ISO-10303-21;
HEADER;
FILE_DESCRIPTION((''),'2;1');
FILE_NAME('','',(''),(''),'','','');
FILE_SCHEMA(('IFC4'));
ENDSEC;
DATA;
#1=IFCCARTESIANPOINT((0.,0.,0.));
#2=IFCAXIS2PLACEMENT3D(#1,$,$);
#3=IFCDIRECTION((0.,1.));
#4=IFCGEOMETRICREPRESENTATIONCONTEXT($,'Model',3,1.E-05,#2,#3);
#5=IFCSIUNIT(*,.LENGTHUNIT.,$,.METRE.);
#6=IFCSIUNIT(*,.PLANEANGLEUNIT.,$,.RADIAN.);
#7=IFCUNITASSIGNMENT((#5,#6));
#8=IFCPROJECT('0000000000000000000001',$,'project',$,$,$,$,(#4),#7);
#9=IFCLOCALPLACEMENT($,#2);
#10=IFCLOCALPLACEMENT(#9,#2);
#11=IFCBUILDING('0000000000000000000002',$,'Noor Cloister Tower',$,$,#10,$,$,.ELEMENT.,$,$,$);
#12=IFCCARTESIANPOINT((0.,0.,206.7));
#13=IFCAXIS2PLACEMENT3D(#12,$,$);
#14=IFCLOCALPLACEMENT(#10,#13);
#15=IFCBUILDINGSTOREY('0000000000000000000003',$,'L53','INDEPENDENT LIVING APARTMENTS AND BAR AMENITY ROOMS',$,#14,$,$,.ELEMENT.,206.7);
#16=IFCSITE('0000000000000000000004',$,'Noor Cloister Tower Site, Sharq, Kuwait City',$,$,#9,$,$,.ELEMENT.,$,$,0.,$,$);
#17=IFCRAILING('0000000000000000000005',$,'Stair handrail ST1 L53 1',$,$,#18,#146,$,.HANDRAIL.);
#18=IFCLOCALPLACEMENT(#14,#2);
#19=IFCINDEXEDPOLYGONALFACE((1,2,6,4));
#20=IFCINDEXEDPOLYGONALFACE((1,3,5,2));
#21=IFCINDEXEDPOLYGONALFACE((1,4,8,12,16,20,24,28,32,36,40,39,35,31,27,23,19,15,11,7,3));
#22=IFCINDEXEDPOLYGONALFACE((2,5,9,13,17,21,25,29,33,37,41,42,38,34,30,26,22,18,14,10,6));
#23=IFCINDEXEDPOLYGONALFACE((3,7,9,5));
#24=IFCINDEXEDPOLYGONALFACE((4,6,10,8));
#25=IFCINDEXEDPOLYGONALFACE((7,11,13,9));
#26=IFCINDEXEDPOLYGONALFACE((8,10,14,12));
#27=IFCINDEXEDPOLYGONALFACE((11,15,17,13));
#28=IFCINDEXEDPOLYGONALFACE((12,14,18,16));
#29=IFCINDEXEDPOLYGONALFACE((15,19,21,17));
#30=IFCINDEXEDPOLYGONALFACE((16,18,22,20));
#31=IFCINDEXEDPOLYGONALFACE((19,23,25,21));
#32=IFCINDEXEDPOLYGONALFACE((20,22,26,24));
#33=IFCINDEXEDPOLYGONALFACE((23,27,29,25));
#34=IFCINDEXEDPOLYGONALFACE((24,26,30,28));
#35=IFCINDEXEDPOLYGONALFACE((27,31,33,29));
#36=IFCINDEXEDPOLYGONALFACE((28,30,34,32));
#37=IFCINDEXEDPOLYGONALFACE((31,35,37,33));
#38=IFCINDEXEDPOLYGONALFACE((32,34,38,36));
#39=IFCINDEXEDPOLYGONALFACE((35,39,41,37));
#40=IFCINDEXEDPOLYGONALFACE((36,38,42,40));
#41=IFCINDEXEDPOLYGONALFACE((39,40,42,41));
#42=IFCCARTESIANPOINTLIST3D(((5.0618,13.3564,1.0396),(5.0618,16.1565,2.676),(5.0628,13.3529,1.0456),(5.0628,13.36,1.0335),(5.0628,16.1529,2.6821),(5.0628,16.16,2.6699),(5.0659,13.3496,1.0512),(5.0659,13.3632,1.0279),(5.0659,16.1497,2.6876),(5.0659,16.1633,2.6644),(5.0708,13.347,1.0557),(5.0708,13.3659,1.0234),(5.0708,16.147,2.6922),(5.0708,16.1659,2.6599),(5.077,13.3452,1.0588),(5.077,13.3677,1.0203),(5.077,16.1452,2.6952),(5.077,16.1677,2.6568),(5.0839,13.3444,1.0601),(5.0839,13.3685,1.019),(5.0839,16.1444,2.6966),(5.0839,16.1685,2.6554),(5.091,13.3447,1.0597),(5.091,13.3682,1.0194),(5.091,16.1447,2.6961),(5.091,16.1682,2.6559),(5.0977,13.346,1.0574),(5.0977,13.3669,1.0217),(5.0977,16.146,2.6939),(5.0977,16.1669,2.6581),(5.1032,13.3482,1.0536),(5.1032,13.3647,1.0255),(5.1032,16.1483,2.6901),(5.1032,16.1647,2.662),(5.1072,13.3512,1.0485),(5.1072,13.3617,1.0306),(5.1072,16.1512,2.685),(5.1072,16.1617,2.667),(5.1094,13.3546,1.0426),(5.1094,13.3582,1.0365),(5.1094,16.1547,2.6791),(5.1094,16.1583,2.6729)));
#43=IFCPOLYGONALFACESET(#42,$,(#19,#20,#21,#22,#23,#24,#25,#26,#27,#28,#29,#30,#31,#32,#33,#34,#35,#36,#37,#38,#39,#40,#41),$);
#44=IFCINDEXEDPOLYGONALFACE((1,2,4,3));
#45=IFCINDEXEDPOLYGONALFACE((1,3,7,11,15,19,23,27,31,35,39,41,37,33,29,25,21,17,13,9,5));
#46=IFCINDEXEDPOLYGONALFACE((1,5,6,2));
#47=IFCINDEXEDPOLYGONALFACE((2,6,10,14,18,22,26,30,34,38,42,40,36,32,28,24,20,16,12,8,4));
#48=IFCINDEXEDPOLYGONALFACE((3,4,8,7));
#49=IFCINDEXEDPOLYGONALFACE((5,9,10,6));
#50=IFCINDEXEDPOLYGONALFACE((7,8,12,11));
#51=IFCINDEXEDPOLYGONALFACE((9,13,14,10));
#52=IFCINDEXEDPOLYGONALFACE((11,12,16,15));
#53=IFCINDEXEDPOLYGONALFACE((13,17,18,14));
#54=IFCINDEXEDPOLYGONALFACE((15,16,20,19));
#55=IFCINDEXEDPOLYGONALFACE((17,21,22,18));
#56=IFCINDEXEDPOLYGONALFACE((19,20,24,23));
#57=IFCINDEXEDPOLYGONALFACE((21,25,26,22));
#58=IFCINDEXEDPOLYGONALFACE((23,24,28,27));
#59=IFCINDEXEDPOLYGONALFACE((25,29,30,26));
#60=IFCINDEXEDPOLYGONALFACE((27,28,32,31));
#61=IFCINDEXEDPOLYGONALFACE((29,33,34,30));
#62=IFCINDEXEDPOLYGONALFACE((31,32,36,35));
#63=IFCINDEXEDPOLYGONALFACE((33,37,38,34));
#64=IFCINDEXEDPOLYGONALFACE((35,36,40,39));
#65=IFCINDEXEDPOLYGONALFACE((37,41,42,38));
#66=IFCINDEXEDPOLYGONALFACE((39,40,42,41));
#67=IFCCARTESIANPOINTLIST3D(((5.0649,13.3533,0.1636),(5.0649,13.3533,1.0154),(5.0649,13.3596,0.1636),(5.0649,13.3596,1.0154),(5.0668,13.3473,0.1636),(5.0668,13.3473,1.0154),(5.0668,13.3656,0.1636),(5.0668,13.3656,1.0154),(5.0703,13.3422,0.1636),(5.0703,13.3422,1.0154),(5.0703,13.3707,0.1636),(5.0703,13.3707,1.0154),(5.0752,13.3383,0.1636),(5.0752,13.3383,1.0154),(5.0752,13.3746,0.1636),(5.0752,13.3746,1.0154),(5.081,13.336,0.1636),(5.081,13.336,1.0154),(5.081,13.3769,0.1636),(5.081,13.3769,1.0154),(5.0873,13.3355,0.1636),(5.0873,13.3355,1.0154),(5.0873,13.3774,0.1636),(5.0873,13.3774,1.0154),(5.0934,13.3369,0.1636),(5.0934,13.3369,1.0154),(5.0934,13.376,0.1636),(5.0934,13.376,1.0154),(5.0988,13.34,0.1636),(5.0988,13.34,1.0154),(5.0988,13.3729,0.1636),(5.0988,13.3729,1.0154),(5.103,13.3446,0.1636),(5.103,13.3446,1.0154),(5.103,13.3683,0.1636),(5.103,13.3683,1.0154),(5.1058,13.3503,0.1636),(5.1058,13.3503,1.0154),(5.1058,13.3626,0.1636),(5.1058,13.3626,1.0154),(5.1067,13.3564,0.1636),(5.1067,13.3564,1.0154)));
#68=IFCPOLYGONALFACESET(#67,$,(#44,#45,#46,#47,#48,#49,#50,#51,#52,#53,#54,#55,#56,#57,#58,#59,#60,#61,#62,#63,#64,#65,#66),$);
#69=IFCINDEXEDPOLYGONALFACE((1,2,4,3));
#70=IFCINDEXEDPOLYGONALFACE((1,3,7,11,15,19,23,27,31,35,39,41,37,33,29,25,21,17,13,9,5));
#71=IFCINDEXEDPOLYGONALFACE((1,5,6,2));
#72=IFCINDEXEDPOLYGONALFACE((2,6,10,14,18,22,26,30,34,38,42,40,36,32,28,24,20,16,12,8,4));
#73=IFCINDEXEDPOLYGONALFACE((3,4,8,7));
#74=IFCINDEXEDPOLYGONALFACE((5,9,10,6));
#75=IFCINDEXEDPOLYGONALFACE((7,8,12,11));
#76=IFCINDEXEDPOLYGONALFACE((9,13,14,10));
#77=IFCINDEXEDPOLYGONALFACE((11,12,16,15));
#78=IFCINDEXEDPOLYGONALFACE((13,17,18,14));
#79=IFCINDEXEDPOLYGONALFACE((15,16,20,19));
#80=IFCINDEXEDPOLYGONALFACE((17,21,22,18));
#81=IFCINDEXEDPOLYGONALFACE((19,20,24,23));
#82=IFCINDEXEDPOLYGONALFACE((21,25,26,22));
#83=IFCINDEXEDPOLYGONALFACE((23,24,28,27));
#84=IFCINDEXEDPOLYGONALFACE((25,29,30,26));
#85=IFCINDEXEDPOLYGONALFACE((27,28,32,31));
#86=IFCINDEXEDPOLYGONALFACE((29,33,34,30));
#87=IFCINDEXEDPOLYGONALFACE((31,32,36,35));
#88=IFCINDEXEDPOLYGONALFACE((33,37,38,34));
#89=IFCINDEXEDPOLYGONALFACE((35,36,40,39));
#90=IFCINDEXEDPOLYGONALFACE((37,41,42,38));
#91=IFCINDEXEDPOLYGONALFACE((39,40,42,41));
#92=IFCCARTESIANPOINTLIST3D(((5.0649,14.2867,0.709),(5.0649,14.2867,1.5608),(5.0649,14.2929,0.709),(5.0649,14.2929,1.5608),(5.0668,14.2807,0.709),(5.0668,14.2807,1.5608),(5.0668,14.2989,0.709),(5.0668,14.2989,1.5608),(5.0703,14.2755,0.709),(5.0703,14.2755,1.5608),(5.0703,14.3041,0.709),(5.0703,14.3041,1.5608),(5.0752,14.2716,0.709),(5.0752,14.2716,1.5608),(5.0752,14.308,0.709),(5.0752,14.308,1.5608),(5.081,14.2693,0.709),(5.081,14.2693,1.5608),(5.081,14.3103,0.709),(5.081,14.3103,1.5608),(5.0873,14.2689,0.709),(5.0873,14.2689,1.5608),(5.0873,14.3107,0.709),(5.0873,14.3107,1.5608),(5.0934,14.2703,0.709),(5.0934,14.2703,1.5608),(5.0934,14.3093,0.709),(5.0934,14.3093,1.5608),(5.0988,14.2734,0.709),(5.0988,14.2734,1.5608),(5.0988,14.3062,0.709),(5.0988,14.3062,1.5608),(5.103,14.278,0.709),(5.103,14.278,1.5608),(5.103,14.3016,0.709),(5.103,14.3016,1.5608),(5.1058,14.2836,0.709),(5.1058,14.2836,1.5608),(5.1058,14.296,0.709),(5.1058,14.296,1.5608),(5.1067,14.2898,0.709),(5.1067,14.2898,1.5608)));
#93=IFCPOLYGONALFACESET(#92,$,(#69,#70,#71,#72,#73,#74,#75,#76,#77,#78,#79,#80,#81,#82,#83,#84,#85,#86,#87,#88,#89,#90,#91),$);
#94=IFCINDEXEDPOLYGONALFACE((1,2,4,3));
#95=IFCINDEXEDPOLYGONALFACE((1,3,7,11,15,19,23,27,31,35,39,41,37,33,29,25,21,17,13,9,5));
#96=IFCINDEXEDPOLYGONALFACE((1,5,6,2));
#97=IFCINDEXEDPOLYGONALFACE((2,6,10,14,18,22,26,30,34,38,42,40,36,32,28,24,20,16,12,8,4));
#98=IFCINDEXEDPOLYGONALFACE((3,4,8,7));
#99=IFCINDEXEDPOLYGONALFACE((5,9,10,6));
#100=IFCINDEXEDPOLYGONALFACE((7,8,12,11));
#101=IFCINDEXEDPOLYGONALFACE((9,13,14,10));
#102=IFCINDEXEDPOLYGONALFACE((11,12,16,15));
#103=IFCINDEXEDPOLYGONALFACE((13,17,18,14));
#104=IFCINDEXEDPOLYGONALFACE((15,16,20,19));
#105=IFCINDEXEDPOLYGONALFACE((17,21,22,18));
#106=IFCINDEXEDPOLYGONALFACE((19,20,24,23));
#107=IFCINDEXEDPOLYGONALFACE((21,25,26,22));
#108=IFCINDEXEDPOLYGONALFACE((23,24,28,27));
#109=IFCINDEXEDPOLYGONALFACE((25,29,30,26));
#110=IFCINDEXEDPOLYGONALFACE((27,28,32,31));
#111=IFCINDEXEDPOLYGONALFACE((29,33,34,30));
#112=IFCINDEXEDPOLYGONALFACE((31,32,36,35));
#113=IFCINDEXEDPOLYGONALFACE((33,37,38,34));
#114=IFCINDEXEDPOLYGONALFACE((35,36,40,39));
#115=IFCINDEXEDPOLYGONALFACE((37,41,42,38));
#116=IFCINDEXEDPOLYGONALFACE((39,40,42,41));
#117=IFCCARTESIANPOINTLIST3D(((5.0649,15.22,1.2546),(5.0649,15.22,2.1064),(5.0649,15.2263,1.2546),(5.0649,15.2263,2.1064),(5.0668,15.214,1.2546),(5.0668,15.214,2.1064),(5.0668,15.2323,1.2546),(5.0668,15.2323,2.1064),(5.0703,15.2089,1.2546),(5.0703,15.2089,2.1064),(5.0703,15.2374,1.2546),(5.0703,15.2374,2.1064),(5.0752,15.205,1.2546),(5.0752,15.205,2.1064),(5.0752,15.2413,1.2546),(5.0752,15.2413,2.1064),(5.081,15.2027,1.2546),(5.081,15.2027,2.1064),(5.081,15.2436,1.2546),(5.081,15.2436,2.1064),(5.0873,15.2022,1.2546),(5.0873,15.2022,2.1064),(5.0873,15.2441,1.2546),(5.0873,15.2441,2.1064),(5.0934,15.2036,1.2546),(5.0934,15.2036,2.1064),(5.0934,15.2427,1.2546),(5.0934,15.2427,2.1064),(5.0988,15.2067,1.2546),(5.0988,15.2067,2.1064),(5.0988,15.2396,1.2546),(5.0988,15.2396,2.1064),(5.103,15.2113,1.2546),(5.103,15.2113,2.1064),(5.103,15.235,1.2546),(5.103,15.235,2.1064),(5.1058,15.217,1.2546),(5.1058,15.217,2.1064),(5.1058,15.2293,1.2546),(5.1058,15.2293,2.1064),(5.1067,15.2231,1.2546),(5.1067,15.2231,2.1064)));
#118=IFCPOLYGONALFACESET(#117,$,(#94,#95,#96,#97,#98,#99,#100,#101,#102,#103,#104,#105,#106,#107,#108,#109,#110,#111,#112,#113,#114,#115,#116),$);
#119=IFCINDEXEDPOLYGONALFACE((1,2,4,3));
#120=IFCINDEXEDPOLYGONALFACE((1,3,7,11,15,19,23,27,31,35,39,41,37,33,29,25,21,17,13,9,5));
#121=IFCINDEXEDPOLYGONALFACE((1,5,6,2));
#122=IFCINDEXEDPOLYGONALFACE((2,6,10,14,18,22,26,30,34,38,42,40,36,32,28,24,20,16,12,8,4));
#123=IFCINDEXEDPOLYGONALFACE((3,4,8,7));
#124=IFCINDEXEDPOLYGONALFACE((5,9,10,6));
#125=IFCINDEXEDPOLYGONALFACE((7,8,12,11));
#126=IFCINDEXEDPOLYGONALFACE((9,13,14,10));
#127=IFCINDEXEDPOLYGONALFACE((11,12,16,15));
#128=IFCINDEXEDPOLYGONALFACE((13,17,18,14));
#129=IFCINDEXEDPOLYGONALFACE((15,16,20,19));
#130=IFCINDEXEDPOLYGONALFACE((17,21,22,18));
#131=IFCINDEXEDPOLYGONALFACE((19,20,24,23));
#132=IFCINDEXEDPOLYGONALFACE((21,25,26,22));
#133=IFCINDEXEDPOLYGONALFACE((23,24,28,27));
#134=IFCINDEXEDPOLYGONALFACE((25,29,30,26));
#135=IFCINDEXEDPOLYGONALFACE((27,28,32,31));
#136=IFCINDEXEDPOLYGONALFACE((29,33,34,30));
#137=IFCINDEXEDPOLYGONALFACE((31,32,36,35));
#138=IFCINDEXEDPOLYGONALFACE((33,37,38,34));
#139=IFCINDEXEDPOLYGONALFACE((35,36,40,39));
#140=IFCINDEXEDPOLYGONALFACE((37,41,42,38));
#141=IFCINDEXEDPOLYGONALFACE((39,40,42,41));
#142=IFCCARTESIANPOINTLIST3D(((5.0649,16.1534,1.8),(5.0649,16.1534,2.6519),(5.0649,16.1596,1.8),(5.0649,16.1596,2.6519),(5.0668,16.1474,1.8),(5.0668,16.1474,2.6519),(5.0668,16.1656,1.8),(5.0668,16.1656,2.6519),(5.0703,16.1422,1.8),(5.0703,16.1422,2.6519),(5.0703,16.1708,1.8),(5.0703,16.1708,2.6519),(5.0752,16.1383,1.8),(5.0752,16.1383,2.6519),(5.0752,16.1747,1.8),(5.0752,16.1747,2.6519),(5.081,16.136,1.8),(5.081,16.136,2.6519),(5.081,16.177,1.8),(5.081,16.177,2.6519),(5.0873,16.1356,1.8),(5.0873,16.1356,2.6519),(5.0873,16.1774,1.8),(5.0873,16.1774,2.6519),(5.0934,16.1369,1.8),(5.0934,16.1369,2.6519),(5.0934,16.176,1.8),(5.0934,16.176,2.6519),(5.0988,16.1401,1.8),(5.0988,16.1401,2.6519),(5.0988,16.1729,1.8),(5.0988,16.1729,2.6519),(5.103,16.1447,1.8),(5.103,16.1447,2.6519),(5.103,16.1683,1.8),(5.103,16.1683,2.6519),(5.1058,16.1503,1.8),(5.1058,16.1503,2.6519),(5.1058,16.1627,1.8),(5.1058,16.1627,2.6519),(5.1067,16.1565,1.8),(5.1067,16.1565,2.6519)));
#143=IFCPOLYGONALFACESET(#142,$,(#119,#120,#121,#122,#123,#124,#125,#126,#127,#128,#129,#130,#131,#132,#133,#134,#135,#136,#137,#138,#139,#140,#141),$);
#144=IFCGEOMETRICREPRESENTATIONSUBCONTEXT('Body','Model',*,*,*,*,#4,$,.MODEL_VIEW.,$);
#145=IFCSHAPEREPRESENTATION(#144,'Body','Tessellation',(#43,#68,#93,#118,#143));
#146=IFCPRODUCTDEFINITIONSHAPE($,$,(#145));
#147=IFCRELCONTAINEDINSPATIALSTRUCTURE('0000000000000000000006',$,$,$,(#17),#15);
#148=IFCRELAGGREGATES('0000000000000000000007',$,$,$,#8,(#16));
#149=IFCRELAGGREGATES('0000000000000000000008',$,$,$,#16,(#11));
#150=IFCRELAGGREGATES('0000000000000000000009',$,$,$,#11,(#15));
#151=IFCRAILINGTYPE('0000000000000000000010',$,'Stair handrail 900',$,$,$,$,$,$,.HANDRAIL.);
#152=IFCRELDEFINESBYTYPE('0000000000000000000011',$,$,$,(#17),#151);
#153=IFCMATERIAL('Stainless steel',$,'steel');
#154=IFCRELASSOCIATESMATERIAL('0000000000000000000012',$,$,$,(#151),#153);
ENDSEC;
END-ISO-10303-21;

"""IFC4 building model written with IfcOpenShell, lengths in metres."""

from ifc_helpers import new_model, si_unit, direction, frame, origin, origin_2d, place, context, subcontext, project, spatial, circle, extrude, material, type_object, element, save


model = new_model("IFC4")

# Units and contexts
model_context = context("Model", 3, precision=1e-05, world=origin(), true_north=direction((0.0, 1.0)))
body_context = subcontext(model_context, "Body", "Model", "MODEL_VIEW")
ifc_project = project(units=[si_unit("LENGTHUNIT", "METRE"), si_unit("PLANEANGLEUNIT", "RADIAN")], contexts=[model_context])

# Site, building, storey
site_placement = place(None, origin())
site = spatial("IfcSite", under=ifc_project, at=site_placement, Name="Noor Cloister Tower Site, Sharq, Kuwait City", CompositionType="ELEMENT", RefElevation=0.0)
building_placement = place(site_placement, origin())
building = spatial("IfcBuilding", under=site, at=building_placement, Name="Noor Cloister Tower", CompositionType="ELEMENT")
storey_placement = place(building_placement, frame((0.0, 0.0, 206.7)))
storey = spatial("IfcBuildingStorey", under=building, at=storey_placement, Name="L53", Description="INDEPENDENT LIVING APARTMENTS AND BAR AMENITY ROOMS", CompositionType="ELEMENT", Elevation=206.7)

# Railing
ifc_material_1 = material(Name="Stainless steel", Category="steel")
railing_type_1 = type_object("IfcRailingType", Name="Stair handrail 900", PredefinedType="HANDRAIL", material=ifc_material_1)
railing_1_placement = place(storey_placement, frame((5.0857, 13.3564, 0.1636)))
element("IfcRailing", 1, at=railing_1_placement, inside=storey, type_object=railing_type_1, Name="Stair handrail ST1 L53 1", PredefinedType="HANDRAIL", context=body_context, shape_type="SweptSolid", body=[
    extrude(circle(Radius=0.0239, at=origin_2d()), frame((0.0, 0.0, 0.876), z_axis=(0.0, 0.863361, 0.504587), x_axis=(-1.0, 0.0, 0.0)), (0.0, 0.0, 1.0), 3.2432),
    extrude(circle(Radius=0.021, at=origin_2d()), origin(), (0.0, 0.0, 1.0), 0.8518),
    extrude(circle(Radius=0.021, at=origin_2d()), frame((0.0, 0.9333, 0.5454)), (0.0, 0.0, 1.0), 0.8518),
    extrude(circle(Radius=0.021, at=origin_2d()), frame((0.0, 1.8667, 1.0911)), (0.0, 0.0, 1.0), 0.8518),
    extrude(circle(Radius=0.021, at=origin_2d()), frame((0.0, 2.8, 1.6365)), (0.0, 0.0, 1.0), 0.8518),
])

save(model, "model.ifc")
